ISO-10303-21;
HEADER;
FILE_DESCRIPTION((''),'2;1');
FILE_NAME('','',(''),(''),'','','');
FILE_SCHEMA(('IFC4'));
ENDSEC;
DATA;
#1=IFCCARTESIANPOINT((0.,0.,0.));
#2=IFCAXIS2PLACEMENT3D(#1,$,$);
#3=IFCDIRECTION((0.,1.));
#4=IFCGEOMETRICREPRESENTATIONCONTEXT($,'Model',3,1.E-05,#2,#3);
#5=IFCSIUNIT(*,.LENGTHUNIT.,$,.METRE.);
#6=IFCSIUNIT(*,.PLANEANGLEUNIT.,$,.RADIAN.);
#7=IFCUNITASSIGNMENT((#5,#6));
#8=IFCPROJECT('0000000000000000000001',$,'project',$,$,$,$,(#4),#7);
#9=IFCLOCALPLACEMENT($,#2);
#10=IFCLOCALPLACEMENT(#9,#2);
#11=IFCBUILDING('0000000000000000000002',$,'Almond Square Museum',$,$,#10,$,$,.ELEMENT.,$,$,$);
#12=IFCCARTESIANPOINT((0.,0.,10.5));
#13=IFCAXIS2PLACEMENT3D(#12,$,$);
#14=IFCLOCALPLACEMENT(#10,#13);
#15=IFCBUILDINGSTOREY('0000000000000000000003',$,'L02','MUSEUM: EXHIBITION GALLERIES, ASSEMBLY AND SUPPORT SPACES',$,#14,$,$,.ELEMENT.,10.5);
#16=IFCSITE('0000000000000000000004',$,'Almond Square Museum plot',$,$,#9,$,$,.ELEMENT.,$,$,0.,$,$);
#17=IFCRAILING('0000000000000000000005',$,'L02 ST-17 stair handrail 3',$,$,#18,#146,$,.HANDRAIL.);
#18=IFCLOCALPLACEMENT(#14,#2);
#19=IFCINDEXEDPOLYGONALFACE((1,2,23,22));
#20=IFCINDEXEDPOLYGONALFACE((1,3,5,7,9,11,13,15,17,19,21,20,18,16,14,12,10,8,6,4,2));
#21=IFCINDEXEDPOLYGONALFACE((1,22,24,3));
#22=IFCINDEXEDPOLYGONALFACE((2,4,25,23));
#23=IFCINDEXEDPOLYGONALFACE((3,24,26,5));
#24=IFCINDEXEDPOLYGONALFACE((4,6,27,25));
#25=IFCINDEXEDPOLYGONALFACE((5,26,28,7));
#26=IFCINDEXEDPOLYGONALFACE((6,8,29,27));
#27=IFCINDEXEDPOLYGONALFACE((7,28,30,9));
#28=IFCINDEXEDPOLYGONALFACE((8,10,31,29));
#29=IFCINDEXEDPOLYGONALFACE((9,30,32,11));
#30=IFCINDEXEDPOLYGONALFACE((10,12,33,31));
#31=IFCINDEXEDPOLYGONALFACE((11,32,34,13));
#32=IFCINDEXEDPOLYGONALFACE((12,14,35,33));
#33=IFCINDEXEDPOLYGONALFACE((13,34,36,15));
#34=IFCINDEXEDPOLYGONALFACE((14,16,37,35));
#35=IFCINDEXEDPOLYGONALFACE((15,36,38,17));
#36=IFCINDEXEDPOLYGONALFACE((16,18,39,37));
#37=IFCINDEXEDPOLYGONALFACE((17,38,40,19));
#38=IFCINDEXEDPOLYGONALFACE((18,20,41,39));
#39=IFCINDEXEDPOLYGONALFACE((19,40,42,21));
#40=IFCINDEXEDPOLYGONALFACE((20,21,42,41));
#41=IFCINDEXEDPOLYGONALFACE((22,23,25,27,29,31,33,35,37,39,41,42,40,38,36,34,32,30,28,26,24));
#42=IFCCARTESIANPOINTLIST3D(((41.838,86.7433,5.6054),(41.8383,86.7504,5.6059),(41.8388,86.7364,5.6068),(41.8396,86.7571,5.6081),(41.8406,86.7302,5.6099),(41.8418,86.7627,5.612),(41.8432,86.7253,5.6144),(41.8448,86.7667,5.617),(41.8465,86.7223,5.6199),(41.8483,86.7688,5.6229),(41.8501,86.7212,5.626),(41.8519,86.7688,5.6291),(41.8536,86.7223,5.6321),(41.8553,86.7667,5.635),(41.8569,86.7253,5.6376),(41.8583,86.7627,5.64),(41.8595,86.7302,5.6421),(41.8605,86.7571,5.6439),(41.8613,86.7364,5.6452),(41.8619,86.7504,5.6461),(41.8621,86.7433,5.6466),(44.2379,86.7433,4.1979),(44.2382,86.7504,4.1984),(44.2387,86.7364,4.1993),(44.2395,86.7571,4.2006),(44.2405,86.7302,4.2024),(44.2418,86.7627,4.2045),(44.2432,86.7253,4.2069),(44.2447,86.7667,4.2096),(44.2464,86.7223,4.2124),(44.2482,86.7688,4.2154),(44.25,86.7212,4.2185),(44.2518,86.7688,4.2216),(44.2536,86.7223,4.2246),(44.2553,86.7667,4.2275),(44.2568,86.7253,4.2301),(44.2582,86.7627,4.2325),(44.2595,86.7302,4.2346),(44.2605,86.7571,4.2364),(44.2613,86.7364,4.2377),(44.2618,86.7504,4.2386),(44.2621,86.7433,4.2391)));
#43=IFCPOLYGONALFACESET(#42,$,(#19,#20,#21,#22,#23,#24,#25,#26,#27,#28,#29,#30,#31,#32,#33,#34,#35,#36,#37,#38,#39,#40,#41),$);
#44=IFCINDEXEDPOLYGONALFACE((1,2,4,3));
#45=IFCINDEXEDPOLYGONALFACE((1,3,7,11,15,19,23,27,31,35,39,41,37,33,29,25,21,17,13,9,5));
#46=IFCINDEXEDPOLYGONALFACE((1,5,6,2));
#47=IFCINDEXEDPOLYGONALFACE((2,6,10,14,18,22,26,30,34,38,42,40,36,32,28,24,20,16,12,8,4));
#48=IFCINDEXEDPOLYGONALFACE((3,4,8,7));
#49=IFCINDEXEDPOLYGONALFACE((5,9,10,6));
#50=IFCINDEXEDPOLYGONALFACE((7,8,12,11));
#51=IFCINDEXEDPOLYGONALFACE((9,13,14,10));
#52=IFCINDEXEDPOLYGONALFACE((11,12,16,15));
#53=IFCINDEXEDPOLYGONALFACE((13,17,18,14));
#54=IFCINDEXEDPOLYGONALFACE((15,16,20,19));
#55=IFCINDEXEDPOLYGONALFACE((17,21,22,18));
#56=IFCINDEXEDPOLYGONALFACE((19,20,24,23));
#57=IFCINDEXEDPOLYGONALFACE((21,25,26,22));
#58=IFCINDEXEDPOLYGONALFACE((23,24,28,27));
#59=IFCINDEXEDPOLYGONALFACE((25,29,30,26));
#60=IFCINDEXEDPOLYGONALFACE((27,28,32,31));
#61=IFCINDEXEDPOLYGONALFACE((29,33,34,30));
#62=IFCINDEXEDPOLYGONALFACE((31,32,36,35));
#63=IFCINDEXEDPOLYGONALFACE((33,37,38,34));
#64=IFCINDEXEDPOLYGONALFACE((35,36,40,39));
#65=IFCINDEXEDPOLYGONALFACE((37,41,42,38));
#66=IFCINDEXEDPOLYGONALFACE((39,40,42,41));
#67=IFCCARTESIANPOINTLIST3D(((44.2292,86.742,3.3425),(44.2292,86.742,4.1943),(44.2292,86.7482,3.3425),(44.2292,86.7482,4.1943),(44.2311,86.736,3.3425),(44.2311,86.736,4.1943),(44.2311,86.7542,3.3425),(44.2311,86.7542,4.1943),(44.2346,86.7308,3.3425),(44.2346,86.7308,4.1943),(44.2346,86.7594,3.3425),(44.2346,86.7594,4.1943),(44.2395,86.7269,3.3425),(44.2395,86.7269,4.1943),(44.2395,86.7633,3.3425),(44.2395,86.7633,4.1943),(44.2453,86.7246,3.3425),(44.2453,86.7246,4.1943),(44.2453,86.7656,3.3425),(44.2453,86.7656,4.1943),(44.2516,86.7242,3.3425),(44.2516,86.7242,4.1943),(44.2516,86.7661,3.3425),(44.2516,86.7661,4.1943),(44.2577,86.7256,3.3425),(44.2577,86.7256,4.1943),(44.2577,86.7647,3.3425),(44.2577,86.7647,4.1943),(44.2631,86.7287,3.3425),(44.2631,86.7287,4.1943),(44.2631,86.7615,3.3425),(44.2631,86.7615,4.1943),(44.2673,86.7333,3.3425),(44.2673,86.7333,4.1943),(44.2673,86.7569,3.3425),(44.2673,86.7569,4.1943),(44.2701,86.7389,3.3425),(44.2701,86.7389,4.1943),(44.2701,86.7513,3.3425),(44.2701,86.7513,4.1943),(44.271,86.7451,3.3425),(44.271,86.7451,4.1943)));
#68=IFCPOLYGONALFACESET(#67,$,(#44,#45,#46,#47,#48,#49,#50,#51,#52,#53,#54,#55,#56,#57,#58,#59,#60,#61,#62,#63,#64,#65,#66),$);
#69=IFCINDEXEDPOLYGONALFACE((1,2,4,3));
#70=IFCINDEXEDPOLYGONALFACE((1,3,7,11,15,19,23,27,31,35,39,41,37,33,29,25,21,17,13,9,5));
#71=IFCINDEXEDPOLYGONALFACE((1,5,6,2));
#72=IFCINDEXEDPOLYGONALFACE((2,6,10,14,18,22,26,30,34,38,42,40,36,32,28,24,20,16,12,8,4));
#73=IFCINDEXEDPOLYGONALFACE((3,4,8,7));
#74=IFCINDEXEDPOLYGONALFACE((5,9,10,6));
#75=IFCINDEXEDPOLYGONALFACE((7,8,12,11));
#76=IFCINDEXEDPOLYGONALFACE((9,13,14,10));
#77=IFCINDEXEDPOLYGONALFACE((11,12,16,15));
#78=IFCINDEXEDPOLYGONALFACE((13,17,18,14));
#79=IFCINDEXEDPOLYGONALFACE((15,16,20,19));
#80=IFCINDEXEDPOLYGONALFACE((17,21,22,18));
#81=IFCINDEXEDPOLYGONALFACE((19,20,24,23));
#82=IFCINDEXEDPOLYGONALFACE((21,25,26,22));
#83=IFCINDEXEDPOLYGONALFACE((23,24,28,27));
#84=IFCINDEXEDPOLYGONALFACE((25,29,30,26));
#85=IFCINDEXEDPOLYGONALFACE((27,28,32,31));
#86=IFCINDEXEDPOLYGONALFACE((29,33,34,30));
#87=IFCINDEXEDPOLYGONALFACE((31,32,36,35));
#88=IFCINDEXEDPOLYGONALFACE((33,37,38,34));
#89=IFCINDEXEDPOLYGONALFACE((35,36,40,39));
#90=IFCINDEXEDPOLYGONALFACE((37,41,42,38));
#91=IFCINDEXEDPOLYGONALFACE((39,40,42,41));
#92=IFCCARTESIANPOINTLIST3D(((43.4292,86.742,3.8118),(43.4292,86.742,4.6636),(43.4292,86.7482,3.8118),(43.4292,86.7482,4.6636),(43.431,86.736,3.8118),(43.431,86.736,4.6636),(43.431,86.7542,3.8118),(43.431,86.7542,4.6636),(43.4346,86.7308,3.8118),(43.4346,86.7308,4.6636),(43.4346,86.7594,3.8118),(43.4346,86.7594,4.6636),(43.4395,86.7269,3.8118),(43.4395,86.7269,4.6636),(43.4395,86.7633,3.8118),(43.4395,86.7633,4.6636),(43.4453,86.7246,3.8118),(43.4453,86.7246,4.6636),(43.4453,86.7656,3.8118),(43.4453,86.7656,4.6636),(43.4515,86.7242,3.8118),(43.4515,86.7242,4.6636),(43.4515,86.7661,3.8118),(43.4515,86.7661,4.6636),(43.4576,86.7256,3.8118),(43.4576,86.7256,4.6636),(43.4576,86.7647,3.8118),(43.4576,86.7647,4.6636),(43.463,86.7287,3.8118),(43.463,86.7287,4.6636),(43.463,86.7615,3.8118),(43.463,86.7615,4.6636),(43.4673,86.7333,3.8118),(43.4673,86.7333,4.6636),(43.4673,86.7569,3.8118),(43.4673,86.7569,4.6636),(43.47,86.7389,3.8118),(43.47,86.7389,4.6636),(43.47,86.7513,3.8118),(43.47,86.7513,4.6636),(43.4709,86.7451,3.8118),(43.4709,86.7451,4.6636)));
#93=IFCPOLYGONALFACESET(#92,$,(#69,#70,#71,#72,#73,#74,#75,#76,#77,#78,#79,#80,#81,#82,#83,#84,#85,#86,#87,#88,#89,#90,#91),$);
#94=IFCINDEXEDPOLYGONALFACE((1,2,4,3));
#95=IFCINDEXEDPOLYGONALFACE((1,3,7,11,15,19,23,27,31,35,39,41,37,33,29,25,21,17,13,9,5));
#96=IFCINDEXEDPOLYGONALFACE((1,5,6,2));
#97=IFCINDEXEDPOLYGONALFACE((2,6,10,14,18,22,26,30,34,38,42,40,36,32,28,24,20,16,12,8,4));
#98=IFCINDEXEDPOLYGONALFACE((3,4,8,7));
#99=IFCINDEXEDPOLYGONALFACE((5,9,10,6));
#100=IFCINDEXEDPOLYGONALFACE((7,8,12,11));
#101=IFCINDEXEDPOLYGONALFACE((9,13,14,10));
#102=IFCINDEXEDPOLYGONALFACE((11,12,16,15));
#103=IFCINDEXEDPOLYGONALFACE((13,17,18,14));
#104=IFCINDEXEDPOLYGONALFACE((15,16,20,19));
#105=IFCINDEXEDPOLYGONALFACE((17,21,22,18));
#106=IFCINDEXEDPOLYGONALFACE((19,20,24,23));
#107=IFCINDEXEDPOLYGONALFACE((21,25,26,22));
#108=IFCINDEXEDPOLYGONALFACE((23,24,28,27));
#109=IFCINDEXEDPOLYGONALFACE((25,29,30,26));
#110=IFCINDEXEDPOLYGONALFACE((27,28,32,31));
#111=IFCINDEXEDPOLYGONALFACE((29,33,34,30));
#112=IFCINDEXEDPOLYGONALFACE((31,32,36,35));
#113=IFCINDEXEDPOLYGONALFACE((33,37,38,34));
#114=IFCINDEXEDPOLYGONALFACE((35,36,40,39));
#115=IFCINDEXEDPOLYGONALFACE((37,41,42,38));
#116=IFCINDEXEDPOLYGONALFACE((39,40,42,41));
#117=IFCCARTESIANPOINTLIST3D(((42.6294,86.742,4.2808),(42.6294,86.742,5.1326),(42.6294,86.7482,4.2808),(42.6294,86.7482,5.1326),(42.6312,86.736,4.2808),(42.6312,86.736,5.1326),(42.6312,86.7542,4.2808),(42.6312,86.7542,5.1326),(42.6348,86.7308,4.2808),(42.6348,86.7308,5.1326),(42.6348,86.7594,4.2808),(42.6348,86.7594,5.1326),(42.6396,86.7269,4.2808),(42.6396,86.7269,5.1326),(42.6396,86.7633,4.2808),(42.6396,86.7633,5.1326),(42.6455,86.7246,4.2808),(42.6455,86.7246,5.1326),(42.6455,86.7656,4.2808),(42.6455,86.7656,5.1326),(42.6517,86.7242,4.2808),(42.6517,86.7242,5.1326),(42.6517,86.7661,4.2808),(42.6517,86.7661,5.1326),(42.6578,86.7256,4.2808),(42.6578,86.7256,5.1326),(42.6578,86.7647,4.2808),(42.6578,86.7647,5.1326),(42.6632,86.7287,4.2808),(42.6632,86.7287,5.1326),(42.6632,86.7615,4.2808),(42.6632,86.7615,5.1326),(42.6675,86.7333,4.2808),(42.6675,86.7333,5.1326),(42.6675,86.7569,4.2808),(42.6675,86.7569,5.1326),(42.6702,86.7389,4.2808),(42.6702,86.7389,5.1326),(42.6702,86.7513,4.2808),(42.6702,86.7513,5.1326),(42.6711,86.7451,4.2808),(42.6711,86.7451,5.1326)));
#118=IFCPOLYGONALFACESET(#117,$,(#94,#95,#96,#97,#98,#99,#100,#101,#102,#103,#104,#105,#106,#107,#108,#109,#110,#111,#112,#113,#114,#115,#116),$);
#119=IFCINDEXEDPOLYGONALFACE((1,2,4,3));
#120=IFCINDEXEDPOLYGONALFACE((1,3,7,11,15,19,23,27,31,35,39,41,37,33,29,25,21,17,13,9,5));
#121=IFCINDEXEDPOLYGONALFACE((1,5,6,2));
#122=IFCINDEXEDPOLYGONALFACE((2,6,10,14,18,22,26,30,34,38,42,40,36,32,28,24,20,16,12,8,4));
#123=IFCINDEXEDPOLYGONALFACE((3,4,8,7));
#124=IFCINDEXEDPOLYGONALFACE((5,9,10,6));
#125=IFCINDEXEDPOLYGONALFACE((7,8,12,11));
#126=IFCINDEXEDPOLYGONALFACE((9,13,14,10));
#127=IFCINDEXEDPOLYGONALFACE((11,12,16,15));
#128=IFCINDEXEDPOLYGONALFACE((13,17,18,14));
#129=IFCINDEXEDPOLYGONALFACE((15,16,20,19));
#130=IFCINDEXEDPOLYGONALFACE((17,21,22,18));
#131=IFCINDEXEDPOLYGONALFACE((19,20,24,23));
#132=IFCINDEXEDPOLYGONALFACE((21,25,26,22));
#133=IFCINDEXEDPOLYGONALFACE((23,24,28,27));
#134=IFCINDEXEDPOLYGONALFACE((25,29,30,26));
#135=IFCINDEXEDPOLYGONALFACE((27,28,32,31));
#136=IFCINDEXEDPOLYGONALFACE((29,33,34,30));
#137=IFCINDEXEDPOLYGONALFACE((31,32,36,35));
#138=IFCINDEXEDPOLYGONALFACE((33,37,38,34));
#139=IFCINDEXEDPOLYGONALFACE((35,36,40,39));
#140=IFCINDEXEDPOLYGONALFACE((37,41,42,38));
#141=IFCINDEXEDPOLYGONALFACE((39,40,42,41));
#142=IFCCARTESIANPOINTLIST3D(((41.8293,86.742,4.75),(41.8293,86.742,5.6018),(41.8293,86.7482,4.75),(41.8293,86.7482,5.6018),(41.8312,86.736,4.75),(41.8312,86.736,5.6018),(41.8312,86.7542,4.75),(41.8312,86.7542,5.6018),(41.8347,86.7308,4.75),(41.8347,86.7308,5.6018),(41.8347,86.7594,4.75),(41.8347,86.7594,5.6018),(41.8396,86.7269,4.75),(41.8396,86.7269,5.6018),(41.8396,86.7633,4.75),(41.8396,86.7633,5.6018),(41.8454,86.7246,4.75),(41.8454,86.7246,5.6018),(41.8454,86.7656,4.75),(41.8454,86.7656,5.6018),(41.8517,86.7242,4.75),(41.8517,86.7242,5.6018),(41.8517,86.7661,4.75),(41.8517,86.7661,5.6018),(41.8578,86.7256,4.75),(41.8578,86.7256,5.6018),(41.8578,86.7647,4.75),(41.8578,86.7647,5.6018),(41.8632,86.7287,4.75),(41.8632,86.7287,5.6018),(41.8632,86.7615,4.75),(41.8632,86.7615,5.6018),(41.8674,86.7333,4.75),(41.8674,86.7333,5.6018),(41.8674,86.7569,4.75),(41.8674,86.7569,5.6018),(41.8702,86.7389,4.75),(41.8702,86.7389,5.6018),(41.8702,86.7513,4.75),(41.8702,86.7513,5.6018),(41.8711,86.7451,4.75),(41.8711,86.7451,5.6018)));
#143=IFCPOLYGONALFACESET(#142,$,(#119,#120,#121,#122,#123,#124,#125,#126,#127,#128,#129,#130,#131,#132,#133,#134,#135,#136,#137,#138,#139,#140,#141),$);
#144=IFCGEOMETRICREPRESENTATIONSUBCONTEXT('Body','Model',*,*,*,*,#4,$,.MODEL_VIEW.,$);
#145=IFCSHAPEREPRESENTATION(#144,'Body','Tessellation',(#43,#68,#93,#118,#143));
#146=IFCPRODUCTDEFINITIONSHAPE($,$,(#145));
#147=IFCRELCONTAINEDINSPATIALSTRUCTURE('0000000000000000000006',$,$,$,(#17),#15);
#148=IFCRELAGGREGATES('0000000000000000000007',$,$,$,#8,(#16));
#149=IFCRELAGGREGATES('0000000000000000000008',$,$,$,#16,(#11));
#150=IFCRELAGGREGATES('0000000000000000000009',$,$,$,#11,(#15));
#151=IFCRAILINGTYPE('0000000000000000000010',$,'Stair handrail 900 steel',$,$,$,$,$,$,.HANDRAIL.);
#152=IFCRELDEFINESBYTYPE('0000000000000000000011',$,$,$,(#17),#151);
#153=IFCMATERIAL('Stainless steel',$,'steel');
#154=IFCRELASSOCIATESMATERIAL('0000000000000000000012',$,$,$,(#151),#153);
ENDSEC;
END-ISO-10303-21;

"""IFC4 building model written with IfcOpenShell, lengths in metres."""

from ifc_helpers import new_model, si_unit, direction, frame, origin, origin_2d, place, context, subcontext, project, spatial, circle, extrude, material, type_object, element, save


model = new_model("IFC4")

# Units and contexts
model_context = context("Model", 3, precision=1e-05, world=origin(), true_north=direction((0.0, 1.0)))
body_context = subcontext(model_context, "Body", "Model", "MODEL_VIEW")
ifc_project = project(units=[si_unit("LENGTHUNIT", "METRE"), si_unit("PLANEANGLEUNIT", "RADIAN")], contexts=[model_context])

# Site, building, storey
site_placement = place(None, origin())
site = spatial("IfcSite", under=ifc_project, at=site_placement, Name="Almond Square Museum plot", CompositionType="ELEMENT", RefElevation=0.0)
building_placement = place(site_placement, origin())
building = spatial("IfcBuilding", under=site, at=building_placement, Name="Almond Square Museum", CompositionType="ELEMENT")
storey_placement = place(building_placement, frame((0.0, 0.0, 10.5)))
storey = spatial("IfcBuildingStorey", under=building, at=storey_placement, Name="L02", Description="MUSEUM: EXHIBITION GALLERIES, ASSEMBLY AND SUPPORT SPACES", CompositionType="ELEMENT", Elevation=10.5)

# Railing
ifc_material_1 = material(Name="Stainless steel", Category="steel")
railing_type_1 = type_object("IfcRailingType", Name="Stair handrail 900 steel", PredefinedType="HANDRAIL", material=ifc_material_1)
railing_1_placement = place(storey_placement, frame((44.25, 86.7451, 3.3425)))
element("IfcRailing", 1, at=railing_1_placement, inside=storey, type_object=railing_type_1, Name="L02 ST-17 stair handrail 3", PredefinedType="HANDRAIL", context=body_context, shape_type="SweptSolid", body=[
    extrude(circle(Radius=0.0239, at=origin_2d()), frame((0.0, 0.0, 0.876), z_axis=(-0.862599, 0.0, 0.505888), x_axis=(0.0, -1.0, 0.0)), (0.0, 0.0, 1.0), 2.7822),
    extrude(circle(Radius=0.021, at=origin_2d()), origin(), (0.0, 0.0, 1.0), 0.8518),
    extrude(circle(Radius=0.021, at=origin_2d()), frame((-0.8, 0.0, 0.4692)), (0.0, 0.0, 1.0), 0.8518),
    extrude(circle(Radius=0.021, at=origin_2d()), frame((-1.5999, 0.0, 0.9382)), (0.0, 0.0, 1.0), 0.8518),
    extrude(circle(Radius=0.021, at=origin_2d()), frame((-2.3999, 0.0, 1.4075)), (0.0, 0.0, 1.0), 0.8518),
])

save(model, "model.ifc")
